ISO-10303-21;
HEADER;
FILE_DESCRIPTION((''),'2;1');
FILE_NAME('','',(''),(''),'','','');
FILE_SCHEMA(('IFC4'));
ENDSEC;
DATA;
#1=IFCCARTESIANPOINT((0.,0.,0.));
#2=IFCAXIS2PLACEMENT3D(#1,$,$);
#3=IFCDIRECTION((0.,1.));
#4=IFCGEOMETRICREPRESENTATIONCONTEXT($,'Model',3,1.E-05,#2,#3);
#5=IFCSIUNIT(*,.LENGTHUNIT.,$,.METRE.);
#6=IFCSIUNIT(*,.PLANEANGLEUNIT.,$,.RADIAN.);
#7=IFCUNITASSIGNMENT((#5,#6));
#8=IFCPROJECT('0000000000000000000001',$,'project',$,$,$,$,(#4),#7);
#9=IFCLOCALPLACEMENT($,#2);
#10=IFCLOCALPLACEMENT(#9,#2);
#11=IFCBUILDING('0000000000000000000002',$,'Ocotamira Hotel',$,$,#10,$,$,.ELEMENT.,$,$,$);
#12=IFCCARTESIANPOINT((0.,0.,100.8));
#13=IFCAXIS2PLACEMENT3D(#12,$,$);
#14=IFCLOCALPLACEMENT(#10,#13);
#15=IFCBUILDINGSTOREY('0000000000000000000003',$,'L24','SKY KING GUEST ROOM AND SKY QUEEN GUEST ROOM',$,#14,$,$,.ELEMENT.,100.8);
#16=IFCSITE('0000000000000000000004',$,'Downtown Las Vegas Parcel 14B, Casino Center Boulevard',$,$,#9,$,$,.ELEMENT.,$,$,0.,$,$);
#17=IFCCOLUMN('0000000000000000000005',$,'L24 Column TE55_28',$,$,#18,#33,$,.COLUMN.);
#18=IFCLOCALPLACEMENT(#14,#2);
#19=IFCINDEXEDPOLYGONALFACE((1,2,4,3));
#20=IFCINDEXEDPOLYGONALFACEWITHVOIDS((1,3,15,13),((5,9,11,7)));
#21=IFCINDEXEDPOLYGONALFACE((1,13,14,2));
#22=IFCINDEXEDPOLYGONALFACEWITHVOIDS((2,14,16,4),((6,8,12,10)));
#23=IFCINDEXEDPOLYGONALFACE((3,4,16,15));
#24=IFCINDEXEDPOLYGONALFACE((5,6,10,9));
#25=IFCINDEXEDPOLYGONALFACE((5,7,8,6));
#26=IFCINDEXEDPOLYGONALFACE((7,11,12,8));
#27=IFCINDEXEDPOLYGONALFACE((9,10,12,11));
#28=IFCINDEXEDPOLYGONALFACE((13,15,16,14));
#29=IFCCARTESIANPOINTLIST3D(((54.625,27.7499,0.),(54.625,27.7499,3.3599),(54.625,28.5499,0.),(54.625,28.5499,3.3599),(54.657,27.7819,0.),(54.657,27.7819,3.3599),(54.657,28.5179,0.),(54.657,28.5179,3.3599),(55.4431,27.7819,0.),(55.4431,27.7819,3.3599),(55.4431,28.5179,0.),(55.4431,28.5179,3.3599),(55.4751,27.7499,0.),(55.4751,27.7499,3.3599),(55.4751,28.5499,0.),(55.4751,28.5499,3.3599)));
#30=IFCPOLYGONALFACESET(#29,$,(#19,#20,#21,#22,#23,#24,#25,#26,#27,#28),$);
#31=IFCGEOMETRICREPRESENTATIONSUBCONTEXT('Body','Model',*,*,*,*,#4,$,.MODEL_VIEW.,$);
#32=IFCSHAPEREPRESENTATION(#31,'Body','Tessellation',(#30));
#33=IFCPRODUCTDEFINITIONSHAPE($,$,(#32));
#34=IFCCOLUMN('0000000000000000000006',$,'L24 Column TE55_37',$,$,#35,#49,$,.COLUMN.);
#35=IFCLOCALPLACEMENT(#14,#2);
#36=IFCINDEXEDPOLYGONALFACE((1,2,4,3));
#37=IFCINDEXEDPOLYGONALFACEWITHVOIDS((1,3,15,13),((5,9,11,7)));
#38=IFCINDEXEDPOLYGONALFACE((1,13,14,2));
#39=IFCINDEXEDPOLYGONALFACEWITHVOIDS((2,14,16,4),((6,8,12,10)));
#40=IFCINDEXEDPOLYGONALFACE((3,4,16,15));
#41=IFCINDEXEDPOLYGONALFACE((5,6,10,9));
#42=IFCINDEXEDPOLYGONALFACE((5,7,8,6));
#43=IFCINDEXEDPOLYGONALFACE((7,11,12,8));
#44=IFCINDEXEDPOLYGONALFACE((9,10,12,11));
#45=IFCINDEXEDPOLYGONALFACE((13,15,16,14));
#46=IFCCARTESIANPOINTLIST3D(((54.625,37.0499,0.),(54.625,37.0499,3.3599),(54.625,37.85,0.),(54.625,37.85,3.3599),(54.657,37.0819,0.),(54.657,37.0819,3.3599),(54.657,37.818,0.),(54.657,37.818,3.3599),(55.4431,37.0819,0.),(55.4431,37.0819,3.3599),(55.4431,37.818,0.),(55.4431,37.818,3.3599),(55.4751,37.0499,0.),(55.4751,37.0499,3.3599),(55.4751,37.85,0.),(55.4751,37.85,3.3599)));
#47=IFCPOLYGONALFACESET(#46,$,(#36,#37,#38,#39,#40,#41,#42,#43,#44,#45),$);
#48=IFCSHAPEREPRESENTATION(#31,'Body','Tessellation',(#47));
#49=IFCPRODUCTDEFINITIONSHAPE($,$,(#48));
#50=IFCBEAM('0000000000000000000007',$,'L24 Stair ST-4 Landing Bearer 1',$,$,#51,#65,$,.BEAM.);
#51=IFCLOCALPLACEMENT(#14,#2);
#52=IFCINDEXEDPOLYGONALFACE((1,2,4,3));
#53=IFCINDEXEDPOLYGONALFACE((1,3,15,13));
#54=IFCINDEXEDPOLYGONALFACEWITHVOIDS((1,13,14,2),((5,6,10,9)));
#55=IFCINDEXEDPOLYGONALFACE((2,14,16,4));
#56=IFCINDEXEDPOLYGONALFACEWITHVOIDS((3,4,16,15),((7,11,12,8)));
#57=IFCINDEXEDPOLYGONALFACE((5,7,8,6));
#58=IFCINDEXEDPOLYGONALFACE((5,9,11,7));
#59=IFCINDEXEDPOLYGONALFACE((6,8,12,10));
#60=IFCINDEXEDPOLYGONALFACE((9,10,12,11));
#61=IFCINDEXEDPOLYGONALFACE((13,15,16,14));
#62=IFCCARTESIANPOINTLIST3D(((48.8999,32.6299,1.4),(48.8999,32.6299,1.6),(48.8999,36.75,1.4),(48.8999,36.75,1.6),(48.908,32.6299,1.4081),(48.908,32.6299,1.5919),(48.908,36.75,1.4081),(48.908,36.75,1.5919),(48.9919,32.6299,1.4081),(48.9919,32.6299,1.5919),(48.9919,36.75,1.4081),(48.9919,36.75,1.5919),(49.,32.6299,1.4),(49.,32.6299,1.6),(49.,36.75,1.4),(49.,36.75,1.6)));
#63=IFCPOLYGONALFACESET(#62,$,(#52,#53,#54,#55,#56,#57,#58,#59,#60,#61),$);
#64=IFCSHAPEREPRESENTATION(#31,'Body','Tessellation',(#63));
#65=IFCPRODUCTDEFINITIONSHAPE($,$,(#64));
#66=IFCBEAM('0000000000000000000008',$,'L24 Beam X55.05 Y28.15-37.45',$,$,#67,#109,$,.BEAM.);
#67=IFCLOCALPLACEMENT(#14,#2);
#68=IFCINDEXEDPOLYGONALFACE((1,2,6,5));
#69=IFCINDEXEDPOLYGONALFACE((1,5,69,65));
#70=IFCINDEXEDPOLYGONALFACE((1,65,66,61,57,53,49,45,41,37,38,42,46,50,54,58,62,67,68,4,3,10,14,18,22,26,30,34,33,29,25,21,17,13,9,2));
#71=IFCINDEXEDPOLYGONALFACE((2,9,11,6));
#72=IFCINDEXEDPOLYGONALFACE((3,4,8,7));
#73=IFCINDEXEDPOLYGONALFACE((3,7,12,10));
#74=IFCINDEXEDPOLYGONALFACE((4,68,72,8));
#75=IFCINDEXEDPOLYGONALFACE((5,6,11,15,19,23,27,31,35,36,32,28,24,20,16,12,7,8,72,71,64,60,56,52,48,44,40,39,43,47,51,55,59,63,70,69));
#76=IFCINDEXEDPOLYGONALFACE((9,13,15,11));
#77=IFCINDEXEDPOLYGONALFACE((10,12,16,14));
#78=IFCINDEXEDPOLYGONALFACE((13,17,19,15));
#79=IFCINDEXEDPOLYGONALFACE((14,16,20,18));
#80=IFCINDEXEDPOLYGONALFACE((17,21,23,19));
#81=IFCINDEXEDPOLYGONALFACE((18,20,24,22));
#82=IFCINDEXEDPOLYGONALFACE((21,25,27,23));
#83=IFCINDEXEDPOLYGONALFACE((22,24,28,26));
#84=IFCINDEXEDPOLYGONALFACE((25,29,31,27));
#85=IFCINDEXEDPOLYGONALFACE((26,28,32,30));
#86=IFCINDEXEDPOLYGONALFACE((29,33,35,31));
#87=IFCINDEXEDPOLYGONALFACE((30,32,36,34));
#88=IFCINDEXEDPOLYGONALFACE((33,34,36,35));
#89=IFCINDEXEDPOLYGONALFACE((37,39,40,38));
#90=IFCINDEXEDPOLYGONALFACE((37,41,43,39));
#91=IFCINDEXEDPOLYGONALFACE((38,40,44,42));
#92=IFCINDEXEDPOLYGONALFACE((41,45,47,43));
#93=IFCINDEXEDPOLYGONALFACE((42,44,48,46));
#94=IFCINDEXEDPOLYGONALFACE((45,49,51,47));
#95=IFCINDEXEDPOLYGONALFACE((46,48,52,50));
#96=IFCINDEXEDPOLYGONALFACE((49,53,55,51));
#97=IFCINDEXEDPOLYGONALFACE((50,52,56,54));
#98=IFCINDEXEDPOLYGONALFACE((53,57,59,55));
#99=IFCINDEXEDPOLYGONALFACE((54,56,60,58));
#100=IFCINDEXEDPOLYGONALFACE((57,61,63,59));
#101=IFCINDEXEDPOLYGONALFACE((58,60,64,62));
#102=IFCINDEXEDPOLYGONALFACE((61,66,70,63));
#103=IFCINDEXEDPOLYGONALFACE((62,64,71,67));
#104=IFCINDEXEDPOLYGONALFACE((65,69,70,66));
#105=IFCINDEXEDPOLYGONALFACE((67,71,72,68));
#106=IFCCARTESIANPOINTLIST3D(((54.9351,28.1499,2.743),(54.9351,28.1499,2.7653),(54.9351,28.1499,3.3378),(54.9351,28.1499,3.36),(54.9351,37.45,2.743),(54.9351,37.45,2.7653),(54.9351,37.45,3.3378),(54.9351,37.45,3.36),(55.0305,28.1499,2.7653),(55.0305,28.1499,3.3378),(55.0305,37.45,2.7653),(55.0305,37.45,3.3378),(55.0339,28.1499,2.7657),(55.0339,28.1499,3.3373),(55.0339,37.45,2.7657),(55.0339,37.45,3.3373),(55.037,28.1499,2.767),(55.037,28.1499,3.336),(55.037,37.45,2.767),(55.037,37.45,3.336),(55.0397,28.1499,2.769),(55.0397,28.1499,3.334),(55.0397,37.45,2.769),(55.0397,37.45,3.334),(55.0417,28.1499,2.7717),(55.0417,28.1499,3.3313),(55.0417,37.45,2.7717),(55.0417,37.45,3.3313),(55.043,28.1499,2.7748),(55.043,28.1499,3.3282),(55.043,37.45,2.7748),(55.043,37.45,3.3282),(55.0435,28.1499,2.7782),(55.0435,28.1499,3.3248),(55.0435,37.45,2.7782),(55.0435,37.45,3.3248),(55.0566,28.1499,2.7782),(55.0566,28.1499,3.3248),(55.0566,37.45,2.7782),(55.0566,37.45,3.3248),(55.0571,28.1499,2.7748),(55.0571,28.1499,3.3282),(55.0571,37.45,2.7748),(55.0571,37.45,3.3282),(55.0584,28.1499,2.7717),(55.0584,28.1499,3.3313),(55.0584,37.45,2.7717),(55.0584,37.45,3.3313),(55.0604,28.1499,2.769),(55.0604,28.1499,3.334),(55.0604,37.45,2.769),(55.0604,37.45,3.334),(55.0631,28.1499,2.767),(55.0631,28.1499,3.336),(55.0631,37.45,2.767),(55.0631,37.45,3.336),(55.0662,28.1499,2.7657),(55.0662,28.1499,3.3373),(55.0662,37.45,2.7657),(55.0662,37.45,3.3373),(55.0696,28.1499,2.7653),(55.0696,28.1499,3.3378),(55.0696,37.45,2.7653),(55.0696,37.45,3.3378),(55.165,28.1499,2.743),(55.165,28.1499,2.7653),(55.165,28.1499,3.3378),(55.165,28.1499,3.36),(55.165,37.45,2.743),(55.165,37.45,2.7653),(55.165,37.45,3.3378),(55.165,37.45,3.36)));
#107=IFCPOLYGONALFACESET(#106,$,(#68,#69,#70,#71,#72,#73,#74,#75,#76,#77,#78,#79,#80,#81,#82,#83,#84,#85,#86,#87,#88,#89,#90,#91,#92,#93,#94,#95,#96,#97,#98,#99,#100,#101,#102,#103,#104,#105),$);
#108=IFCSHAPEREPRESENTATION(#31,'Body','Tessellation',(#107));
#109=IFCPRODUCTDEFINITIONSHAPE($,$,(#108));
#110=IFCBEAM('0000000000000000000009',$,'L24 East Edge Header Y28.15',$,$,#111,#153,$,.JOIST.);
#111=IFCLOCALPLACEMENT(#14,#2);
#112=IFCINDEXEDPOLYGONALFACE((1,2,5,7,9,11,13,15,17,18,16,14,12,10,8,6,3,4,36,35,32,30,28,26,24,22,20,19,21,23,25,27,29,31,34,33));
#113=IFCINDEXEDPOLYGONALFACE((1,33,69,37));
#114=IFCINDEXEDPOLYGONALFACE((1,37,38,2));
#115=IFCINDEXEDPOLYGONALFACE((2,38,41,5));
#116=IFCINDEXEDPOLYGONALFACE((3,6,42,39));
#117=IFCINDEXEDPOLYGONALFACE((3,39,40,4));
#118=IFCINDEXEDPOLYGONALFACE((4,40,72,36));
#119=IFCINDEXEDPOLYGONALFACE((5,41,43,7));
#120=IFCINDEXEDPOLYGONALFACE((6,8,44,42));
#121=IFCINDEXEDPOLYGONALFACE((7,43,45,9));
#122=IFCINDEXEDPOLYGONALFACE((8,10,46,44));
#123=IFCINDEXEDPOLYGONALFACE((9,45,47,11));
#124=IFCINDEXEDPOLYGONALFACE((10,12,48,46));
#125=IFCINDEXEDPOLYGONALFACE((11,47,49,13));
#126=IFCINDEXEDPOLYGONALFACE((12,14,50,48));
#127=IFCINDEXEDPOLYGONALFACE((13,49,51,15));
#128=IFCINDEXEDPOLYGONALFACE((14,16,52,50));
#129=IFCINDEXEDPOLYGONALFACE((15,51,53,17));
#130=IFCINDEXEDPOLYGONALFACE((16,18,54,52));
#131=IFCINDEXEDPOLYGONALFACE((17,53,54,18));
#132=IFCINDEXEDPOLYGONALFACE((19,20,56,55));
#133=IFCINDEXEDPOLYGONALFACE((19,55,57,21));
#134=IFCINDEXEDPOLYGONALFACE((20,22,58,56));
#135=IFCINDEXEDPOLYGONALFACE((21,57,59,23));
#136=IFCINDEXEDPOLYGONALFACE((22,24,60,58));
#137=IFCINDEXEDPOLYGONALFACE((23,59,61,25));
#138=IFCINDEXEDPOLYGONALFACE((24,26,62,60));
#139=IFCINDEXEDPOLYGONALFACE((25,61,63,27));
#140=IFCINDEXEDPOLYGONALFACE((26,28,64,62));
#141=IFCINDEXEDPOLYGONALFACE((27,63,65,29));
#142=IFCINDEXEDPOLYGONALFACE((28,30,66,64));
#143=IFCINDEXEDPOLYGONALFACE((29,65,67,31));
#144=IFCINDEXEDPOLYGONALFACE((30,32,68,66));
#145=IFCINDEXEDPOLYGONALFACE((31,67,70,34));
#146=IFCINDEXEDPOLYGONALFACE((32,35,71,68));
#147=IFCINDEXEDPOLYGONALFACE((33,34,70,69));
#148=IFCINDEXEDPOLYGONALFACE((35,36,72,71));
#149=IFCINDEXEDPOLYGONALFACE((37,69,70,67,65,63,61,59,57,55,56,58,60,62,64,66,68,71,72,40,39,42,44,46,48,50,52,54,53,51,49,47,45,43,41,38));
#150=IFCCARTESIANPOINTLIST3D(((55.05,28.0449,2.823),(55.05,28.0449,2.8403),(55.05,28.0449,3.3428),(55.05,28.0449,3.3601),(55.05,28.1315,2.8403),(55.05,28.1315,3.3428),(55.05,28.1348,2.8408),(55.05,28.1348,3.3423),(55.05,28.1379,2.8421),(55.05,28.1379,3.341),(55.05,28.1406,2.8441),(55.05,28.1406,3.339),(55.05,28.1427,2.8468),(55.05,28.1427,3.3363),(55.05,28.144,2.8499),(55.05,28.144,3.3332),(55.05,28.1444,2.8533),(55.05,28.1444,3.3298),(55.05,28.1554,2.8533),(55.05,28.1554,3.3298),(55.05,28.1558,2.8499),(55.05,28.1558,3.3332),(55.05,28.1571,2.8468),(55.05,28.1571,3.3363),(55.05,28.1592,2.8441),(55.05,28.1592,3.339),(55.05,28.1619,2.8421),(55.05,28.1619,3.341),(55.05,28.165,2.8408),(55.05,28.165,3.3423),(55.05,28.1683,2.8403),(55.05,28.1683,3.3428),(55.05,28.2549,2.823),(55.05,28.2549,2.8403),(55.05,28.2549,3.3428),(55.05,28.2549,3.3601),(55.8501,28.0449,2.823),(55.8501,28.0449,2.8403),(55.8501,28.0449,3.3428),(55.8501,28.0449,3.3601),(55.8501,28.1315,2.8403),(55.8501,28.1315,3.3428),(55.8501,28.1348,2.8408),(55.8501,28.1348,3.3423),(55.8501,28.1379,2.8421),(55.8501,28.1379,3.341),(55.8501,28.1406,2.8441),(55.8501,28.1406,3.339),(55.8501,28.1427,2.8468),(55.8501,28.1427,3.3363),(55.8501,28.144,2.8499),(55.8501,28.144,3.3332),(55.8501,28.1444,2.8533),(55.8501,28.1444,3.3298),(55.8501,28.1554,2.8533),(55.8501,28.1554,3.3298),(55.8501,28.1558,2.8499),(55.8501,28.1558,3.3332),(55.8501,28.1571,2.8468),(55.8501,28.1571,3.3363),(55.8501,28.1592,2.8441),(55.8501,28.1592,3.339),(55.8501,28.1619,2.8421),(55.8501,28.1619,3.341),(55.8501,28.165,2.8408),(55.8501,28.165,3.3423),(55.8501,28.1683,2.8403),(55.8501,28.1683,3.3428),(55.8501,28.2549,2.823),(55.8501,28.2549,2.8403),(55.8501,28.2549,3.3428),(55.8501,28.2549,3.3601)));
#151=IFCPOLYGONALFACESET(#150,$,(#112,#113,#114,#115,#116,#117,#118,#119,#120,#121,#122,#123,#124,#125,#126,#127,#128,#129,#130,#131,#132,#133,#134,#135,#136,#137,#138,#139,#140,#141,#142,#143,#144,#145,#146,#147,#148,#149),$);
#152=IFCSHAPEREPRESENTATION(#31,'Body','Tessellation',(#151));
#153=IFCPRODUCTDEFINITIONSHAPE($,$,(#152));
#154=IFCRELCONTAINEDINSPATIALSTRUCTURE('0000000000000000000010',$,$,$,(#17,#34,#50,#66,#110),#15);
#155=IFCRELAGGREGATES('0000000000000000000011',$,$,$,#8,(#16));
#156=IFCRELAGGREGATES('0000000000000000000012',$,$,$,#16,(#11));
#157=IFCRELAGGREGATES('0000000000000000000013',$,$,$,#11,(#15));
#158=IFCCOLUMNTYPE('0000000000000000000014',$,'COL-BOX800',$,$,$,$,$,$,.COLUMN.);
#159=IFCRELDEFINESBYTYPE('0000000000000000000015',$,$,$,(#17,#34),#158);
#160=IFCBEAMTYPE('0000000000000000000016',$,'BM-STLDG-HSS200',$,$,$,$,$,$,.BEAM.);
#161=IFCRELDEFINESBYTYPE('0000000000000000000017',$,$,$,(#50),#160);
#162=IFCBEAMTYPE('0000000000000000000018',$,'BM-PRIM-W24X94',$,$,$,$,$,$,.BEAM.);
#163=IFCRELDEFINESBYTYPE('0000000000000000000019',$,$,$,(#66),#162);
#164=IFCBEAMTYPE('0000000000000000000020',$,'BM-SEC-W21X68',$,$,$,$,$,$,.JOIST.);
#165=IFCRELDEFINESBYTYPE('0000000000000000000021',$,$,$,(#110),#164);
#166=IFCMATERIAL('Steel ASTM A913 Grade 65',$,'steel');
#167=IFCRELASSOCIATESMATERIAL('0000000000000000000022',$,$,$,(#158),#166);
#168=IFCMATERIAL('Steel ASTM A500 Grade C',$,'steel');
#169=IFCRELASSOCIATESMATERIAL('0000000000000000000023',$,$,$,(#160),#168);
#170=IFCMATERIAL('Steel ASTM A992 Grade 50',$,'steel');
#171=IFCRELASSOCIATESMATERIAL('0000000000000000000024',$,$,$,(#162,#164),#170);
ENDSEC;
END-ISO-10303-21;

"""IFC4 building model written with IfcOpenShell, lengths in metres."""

from ifc_helpers import new_model, si_unit, direction, frame, origin, origin_2d, place, context, subcontext, project, spatial, hollow_rectangle, i_section, extrude, source, transform, mapped, material, material_profile, profile_set, type_object, element, save


model = new_model("IFC4")

# Units and contexts
model_context = context("Model", 3, precision=1e-05, world=origin(), true_north=direction((0.0, 1.0)))
body_context = subcontext(model_context, "Body", "Model", "MODEL_VIEW")
ifc_project = project(units=[si_unit("LENGTHUNIT", "METRE"), si_unit("PLANEANGLEUNIT", "RADIAN")], contexts=[model_context])

# Site, building, storey
site_placement = place(None, origin())
site = spatial("IfcSite", under=ifc_project, at=site_placement, Name="Downtown Las Vegas Parcel 14B, Casino Center Boulevard", CompositionType="ELEMENT", RefElevation=0.0)
building_placement = place(site_placement, origin())
building = spatial("IfcBuilding", under=site, at=building_placement, Name="Ocotamira Hotel", CompositionType="ELEMENT")
storey_placement = place(building_placement, frame((0.0, 0.0, 100.8)))
storey = spatial("IfcBuildingStorey", under=building, at=storey_placement, Name="L24", Description="SKY KING GUEST ROOM AND SKY QUEEN GUEST ROOM", CompositionType="ELEMENT", Elevation=100.8)

# Columns
ifc_material_1 = material(Name="Steel ASTM A913 Grade 65", Category="steel")
ifc_material_profile_1 = material_profile(ifc_material_1, hollow_rectangle(XDim=0.8501, YDim=0.8, WallThickness=0.032, at=origin_2d()), Name="BOX800X850X32")
ifc_profile_set_1 = profile_set([ifc_material_profile_1], Name="Steel ASTM A913 Grade 65")
column_type = type_object("IfcColumnType", Name="COL-BOX800", PredefinedType="COLUMN", material=ifc_profile_set_1)
shared_shape_1 = source(origin(), body_context, "Body", "SweptSolid", [
    extrude(hollow_rectangle(XDim=0.8501, YDim=0.8, WallThickness=0.032, at=origin_2d()), origin(), (0.0, 0.0, 1.0), 3.3599),
])
for number, where, z_axis, x_axis, name in (
    (1, (55.05, 28.1499, 0.0), (0.0, 0.0, 1.0), (1.0, 0.0, 0.0), "L24 Column TE55_28"),
    (2, (55.05, 37.45, 0.0), (0.0, 0.0, 1.0), (1.0, 0.0, 0.0), "L24 Column TE55_37"),
):
    element("IfcColumn", number, at=place(storey_placement, frame(where, z_axis=z_axis, x_axis=x_axis)), inside=storey, type_object=column_type, Name=name, PredefinedType="COLUMN", context=body_context, shape_type="MappedRepresentation", body=[
        mapped(shared_shape_1, transform((0.0, 0.0, 0.0), scale=1.0)),
    ])

# Beams
ifc_material_2 = material(Name="Steel ASTM A500 Grade C", Category="steel")
ifc_material_profile_2 = material_profile(ifc_material_2, hollow_rectangle(XDim=0.1001, YDim=0.2, WallThickness=0.0081, at=origin_2d()), Name="HSS200X100X8")
ifc_profile_set_2 = profile_set([ifc_material_profile_2], Name="Steel ASTM A500 Grade C")
beam_type_1 = type_object("IfcBeamType", Name="BM-STLDG-HSS200", PredefinedType="BEAM", material=ifc_profile_set_2)
shared_shape_2 = source(origin(), body_context, "Body", "SweptSolid", [
    extrude(hollow_rectangle(XDim=0.1001, YDim=0.2, WallThickness=0.0081, at=origin_2d()), origin(), (0.0, 0.0, 1.0), 4.1201),
])
beam_1_placement = place(storey_placement, frame((48.95, 32.6299, 1.5), z_axis=(0.0, 1.0, 0.0), x_axis=(-1.0, 0.0, 0.0)))
element("IfcBeam", 3, at=beam_1_placement, inside=storey, type_object=beam_type_1, Name="L24 Stair ST-4 Landing Bearer 1", PredefinedType="BEAM", context=body_context, shape_type="MappedRepresentation", body=[
    mapped(shared_shape_2, transform((0.0, 0.0, 0.0), scale=1.0)),
])
ifc_material_3 = material(Name="Steel ASTM A992 Grade 50", Category="steel")
ifc_material_profile_3 = material_profile(ifc_material_3, i_section(OverallWidth=0.23, OverallDepth=0.6169, WebThickness=0.0132, FlangeThickness=0.0222, FilletRadius=0.0129, at=origin_2d()), Name="W24X94")
ifc_profile_set_3 = profile_set([ifc_material_profile_3], Name="Steel ASTM A992 Grade 50")
beam_type_2 = type_object("IfcBeamType", Name="BM-PRIM-W24X94", PredefinedType="BEAM", material=ifc_profile_set_3)
shared_shape_3 = source(origin(), body_context, "Body", "SweptSolid", [
    extrude(i_section(OverallWidth=0.23, OverallDepth=0.6169, WebThickness=0.0132, FlangeThickness=0.0222, FilletRadius=0.0129, at=origin_2d()), origin(), (0.0, 0.0, 1.0), 9.3),
])
beam_2_placement = place(storey_placement, frame((55.05, 28.1499, 3.0515), z_axis=(0.0, 1.0, 0.0), x_axis=(-1.0, 0.0, 0.0)))
element("IfcBeam", 4, at=beam_2_placement, inside=storey, type_object=beam_type_2, Name="L24 Beam X55.05 Y28.15-37.45", PredefinedType="BEAM", context=body_context, shape_type="MappedRepresentation", body=[
    mapped(shared_shape_3, transform((0.0, 0.0, 0.0), scale=1.0)),
])
ifc_material_profile_4 = material_profile(ifc_material_3, i_section(OverallWidth=0.21, OverallDepth=0.5371, WebThickness=0.011, FlangeThickness=0.0173, FilletRadius=0.0129, at=origin_2d()), Name="W21X68")
ifc_profile_set_4 = profile_set([ifc_material_profile_4], Name="Steel ASTM A992 Grade 50")
beam_type_3 = type_object("IfcBeamType", Name="BM-SEC-W21X68", PredefinedType="JOIST", material=ifc_profile_set_4)
shared_shape_4 = source(origin(), body_context, "Body", "SweptSolid", [
    extrude(i_section(OverallWidth=0.21, OverallDepth=0.5371, WebThickness=0.011, FlangeThickness=0.0173, FilletRadius=0.0129, at=origin_2d()), origin(), (0.0, 0.0, 1.0), 0.8),
])
for number, where, z_axis, x_axis, name in (
    (5, (55.05, 28.1499, 3.0916), (1.0, 0.0, 0.0), (0.0, 1.0, 0.0), "L24 East Edge Header Y28.15"),
):
    element("IfcBeam", number, at=place(storey_placement, frame(where, z_axis=z_axis, x_axis=x_axis)), inside=storey, type_object=beam_type_3, Name=name, PredefinedType="JOIST", context=body_context, shape_type="MappedRepresentation", body=[
        mapped(shared_shape_4, transform((0.0, 0.0, 0.0), scale=1.0)),
    ])

save(model, "model.ifc")
